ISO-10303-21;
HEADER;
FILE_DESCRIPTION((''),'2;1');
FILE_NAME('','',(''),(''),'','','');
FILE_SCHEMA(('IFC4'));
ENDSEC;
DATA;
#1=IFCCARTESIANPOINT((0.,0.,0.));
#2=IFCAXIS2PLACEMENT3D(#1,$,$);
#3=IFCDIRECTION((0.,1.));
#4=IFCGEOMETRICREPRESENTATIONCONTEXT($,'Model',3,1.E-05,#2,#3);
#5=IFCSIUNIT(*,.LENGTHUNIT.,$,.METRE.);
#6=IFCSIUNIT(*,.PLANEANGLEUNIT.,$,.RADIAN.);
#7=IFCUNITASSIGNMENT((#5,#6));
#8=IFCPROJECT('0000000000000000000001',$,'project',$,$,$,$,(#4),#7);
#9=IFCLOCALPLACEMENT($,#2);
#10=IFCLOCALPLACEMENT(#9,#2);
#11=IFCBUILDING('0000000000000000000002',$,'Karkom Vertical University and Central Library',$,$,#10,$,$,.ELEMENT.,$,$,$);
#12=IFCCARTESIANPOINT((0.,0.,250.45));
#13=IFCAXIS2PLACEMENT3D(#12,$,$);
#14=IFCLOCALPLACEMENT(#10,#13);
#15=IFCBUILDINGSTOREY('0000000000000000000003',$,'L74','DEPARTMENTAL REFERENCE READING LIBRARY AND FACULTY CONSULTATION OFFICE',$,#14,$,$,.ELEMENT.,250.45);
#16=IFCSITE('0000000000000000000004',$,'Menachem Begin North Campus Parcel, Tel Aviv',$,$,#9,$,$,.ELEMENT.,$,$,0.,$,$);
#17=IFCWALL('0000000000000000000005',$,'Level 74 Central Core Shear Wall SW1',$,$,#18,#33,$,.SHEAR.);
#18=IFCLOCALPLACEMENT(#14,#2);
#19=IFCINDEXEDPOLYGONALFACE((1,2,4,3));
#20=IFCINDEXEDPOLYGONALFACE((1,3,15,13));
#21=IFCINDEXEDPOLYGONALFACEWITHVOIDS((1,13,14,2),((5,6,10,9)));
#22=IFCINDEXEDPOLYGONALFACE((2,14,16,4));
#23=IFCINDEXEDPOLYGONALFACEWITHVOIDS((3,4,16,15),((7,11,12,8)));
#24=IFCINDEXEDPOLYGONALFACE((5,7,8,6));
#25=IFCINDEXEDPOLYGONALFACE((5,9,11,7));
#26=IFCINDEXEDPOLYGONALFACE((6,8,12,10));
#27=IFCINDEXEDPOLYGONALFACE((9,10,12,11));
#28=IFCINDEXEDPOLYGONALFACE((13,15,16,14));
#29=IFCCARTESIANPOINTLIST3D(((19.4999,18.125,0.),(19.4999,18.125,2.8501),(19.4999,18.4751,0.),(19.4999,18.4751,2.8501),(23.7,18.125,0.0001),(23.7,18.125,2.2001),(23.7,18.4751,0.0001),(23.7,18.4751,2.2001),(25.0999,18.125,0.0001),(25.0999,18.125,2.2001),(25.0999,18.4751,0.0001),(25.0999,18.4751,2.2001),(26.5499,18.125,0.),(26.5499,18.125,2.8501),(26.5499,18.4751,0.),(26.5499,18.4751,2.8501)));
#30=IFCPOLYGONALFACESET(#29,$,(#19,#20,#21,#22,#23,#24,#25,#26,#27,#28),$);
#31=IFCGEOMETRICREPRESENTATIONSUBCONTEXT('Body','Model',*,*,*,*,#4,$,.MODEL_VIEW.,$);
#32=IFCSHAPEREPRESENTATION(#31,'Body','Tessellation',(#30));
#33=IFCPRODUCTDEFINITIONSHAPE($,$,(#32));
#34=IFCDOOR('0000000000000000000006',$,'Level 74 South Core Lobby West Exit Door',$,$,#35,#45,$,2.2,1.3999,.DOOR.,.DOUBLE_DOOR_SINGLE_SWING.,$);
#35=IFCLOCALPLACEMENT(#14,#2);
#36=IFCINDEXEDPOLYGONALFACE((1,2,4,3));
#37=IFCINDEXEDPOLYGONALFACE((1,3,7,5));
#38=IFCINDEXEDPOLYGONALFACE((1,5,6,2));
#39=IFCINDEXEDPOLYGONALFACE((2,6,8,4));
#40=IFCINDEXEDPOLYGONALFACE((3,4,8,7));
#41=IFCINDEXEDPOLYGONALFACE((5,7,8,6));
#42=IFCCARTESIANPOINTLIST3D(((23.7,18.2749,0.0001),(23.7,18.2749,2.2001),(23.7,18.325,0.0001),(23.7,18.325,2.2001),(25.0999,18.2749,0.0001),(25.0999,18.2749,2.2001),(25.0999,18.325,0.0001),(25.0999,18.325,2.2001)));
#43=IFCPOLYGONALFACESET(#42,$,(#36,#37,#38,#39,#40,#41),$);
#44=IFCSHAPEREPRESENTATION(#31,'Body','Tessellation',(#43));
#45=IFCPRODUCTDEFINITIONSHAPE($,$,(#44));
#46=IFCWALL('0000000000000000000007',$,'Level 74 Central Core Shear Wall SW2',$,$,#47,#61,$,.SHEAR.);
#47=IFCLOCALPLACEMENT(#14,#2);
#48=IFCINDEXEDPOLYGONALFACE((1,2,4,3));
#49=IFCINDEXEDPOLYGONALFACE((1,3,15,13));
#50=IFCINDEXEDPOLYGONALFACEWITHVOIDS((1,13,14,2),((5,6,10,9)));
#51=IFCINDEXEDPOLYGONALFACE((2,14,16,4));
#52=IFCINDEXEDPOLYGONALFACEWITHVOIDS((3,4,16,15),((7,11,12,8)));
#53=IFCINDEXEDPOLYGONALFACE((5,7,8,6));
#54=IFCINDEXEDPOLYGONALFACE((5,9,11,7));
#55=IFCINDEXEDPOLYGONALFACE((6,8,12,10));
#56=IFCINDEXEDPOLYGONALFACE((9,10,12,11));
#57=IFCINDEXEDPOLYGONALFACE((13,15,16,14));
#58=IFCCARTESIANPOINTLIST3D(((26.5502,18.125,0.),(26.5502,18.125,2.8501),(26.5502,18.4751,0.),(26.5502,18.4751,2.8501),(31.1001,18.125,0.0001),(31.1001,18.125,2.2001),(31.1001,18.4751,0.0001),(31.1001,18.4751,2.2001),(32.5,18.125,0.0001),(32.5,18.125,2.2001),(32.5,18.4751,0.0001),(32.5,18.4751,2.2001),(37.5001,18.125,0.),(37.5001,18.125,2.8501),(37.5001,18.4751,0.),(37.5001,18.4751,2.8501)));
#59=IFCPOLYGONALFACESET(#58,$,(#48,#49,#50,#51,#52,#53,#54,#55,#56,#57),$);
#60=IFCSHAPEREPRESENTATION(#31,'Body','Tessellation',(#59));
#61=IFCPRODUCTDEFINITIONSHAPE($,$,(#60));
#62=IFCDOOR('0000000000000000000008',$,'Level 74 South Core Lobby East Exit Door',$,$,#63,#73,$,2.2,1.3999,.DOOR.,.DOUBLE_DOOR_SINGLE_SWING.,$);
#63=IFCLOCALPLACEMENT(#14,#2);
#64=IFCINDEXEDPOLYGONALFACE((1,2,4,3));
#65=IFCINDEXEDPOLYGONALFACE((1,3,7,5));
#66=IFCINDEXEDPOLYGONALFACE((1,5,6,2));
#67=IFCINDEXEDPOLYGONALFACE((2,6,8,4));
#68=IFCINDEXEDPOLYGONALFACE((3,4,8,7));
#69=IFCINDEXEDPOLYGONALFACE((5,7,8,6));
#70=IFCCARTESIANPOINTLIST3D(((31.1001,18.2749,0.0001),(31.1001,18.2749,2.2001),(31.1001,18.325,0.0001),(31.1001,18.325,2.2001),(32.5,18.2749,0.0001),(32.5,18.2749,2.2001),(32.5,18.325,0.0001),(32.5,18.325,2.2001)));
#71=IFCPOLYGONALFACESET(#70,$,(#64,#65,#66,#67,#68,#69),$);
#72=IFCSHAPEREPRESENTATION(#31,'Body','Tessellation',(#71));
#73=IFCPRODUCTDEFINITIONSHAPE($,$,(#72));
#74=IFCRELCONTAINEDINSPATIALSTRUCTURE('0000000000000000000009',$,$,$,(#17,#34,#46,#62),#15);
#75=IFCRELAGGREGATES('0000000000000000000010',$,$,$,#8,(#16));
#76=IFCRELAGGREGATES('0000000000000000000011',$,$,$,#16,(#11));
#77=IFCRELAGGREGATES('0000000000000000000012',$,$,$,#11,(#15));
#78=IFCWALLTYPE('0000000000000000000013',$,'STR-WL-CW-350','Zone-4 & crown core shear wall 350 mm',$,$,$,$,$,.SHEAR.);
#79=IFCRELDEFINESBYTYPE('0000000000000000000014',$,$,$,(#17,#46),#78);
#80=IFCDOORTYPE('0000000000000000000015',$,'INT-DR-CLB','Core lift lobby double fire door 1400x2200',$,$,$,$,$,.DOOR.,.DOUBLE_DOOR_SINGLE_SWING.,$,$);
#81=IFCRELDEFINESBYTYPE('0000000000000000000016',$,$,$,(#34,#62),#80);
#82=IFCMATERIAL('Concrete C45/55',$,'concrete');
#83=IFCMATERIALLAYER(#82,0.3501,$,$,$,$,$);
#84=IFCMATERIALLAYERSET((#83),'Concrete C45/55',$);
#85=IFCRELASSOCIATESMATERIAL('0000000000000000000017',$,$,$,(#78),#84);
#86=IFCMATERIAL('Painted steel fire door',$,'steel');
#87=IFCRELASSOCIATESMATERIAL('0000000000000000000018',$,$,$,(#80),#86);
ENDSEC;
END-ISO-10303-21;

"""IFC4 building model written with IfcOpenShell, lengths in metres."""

from ifc_helpers import new_model, si_unit, direction, frame, frame_2d, origin, origin_with_axes, place, context, subcontext, project, spatial, rectangle, extrude, source, transform, mapped, material, layer, layer_set, type_object, element, fill, save


model = new_model("IFC4")

# Units and contexts
model_context = context("Model", 3, precision=1e-05, world=origin(), true_north=direction((0.0, 1.0)))
body_context = subcontext(model_context, "Body", "Model", "MODEL_VIEW")
ifc_project = project(units=[si_unit("LENGTHUNIT", "METRE"), si_unit("PLANEANGLEUNIT", "RADIAN")], contexts=[model_context])

# Site, building, storey
site_placement = place(None, origin())
site = spatial("IfcSite", under=ifc_project, at=site_placement, Name="Menachem Begin North Campus Parcel, Tel Aviv", CompositionType="ELEMENT", RefElevation=0.0)
building_placement = place(site_placement, origin())
building = spatial("IfcBuilding", under=site, at=building_placement, Name="Karkom Vertical University and Central Library", CompositionType="ELEMENT")
storey_placement = place(building_placement, frame((0.0, 0.0, 250.45)))
storey = spatial("IfcBuildingStorey", under=building, at=storey_placement, Name="L74", Description="DEPARTMENTAL REFERENCE READING LIBRARY AND FACULTY CONSULTATION OFFICE", CompositionType="ELEMENT", Elevation=250.45)

# Shared definitions
ifc_material_1 = material(Name="Concrete C45/55", Category="concrete")

# Walls, openings, doors
ifc_layer_1 = layer(ifc_material_1, 0.3501)
ifc_layer_set_1 = layer_set([ifc_layer_1], Name="Concrete C45/55")
wall_type_1 = type_object("IfcWallType", Name="STR-WL-CW-350", Description="Zone-4 & crown core shear wall 350 mm", PredefinedType="SHEAR", material=ifc_layer_set_1)
wall_1_placement = place(storey_placement, frame((19.5, 18.3, 0.0), z_axis=(0.0, 0.0, 1.0), x_axis=(1.0, 0.0, 0.0)))
wall_1 = element("IfcWall", 1, at=wall_1_placement, inside=storey, type_object=wall_type_1, Name="Level 74 Central Core Shear Wall SW1", PredefinedType="SHEAR", context=body_context, shape_type="SweptSolid", body=[
    extrude(rectangle(XDim=7.05, YDim=0.3501, at=frame_2d((3.5249, 0.0))), origin(), (0.0, 0.0, 1.0), 2.8501),
])
opening_1_placement = place(wall_1_placement, frame((4.2, 0.0, 0.0)))
opening_1 = element("IfcOpeningElement", 2, at=opening_1_placement, cuts=wall_1, PredefinedType="OPENING", context=body_context, shape_type="SweptSolid", body=[
    extrude(rectangle(XDim=1.3999, YDim=2.2, at=frame_2d((0.7, 1.1001))), frame((0.0, 0.1851, 0.0), z_axis=(0.0, -1.0, 0.0), x_axis=(1.0, 0.0, 0.0)), (0.0, 0.0, 1.0), 0.3701),
])
ifc_material_2 = material(Name="Painted steel fire door", Category="steel")
door_type = type_object("IfcDoorType", Name="INT-DR-CLB", Description="Core lift lobby double fire door 1400x2200", OperationType="DOUBLE_DOOR_SINGLE_SWING", PredefinedType="DOOR", material=ifc_material_2)
shared_shape_1 = source(origin_with_axes(), body_context, "Body", "SweptSolid", [
    extrude(rectangle(XDim=1.3999, YDim=2.2, at=frame_2d((0.7, 1.1001))), frame((0.0, 0.0249, 0.0), z_axis=(0.0, -1.0, 0.0), x_axis=(1.0, 0.0, 0.0)), (0.0, 0.0, 1.0), 0.05),
])
door_1_placement = place(opening_1_placement, origin())
door_1 = element("IfcDoor", 3, at=door_1_placement, inside=storey, type_object=door_type, Name="Level 74 South Core Lobby West Exit Door", OperationType="DOUBLE_DOOR_SINGLE_SWING", OverallHeight=2.2, OverallWidth=1.3999, PredefinedType="DOOR", context=body_context, shape_type="MappedRepresentation", body=[
    mapped(shared_shape_1, transform((0.0, 0.0, 0.0), scale=1.0)),
])
fill(opening_1, door_1)
wall_2_placement = place(storey_placement, frame((26.55, 18.3, 0.0), z_axis=(0.0, 0.0, 1.0), x_axis=(1.0, 0.0, 0.0)))
wall_2 = element("IfcWall", 4, at=wall_2_placement, inside=storey, type_object=wall_type_1, Name="Level 74 Central Core Shear Wall SW2", PredefinedType="SHEAR", context=body_context, shape_type="SweptSolid", body=[
    extrude(rectangle(XDim=10.95, YDim=0.3501, at=frame_2d((5.4751, 0.0))), origin(), (0.0, 0.0, 1.0), 2.8501),
])
opening_2_placement = place(wall_2_placement, frame((4.55, 0.0, 0.0)))
opening_2 = element("IfcOpeningElement", 5, at=opening_2_placement, cuts=wall_2, PredefinedType="OPENING", context=body_context, shape_type="SweptSolid", body=[
    extrude(rectangle(XDim=1.3999, YDim=2.2, at=frame_2d((0.7, 1.1001))), frame((0.0, 0.1851, 0.0), z_axis=(0.0, -1.0, 0.0), x_axis=(1.0, 0.0, 0.0)), (0.0, 0.0, 1.0), 0.3701),
])
door_2_placement = place(opening_2_placement, origin())
door_2 = element("IfcDoor", 6, at=door_2_placement, inside=storey, type_object=door_type, Name="Level 74 South Core Lobby East Exit Door", OperationType="DOUBLE_DOOR_SINGLE_SWING", OverallHeight=2.2, OverallWidth=1.3999, PredefinedType="DOOR", context=body_context, shape_type="MappedRepresentation", body=[
    mapped(shared_shape_1, transform((0.0, 0.0, 0.0), scale=1.0)),
])
fill(opening_2, door_2)

save(model, "model.ifc")
